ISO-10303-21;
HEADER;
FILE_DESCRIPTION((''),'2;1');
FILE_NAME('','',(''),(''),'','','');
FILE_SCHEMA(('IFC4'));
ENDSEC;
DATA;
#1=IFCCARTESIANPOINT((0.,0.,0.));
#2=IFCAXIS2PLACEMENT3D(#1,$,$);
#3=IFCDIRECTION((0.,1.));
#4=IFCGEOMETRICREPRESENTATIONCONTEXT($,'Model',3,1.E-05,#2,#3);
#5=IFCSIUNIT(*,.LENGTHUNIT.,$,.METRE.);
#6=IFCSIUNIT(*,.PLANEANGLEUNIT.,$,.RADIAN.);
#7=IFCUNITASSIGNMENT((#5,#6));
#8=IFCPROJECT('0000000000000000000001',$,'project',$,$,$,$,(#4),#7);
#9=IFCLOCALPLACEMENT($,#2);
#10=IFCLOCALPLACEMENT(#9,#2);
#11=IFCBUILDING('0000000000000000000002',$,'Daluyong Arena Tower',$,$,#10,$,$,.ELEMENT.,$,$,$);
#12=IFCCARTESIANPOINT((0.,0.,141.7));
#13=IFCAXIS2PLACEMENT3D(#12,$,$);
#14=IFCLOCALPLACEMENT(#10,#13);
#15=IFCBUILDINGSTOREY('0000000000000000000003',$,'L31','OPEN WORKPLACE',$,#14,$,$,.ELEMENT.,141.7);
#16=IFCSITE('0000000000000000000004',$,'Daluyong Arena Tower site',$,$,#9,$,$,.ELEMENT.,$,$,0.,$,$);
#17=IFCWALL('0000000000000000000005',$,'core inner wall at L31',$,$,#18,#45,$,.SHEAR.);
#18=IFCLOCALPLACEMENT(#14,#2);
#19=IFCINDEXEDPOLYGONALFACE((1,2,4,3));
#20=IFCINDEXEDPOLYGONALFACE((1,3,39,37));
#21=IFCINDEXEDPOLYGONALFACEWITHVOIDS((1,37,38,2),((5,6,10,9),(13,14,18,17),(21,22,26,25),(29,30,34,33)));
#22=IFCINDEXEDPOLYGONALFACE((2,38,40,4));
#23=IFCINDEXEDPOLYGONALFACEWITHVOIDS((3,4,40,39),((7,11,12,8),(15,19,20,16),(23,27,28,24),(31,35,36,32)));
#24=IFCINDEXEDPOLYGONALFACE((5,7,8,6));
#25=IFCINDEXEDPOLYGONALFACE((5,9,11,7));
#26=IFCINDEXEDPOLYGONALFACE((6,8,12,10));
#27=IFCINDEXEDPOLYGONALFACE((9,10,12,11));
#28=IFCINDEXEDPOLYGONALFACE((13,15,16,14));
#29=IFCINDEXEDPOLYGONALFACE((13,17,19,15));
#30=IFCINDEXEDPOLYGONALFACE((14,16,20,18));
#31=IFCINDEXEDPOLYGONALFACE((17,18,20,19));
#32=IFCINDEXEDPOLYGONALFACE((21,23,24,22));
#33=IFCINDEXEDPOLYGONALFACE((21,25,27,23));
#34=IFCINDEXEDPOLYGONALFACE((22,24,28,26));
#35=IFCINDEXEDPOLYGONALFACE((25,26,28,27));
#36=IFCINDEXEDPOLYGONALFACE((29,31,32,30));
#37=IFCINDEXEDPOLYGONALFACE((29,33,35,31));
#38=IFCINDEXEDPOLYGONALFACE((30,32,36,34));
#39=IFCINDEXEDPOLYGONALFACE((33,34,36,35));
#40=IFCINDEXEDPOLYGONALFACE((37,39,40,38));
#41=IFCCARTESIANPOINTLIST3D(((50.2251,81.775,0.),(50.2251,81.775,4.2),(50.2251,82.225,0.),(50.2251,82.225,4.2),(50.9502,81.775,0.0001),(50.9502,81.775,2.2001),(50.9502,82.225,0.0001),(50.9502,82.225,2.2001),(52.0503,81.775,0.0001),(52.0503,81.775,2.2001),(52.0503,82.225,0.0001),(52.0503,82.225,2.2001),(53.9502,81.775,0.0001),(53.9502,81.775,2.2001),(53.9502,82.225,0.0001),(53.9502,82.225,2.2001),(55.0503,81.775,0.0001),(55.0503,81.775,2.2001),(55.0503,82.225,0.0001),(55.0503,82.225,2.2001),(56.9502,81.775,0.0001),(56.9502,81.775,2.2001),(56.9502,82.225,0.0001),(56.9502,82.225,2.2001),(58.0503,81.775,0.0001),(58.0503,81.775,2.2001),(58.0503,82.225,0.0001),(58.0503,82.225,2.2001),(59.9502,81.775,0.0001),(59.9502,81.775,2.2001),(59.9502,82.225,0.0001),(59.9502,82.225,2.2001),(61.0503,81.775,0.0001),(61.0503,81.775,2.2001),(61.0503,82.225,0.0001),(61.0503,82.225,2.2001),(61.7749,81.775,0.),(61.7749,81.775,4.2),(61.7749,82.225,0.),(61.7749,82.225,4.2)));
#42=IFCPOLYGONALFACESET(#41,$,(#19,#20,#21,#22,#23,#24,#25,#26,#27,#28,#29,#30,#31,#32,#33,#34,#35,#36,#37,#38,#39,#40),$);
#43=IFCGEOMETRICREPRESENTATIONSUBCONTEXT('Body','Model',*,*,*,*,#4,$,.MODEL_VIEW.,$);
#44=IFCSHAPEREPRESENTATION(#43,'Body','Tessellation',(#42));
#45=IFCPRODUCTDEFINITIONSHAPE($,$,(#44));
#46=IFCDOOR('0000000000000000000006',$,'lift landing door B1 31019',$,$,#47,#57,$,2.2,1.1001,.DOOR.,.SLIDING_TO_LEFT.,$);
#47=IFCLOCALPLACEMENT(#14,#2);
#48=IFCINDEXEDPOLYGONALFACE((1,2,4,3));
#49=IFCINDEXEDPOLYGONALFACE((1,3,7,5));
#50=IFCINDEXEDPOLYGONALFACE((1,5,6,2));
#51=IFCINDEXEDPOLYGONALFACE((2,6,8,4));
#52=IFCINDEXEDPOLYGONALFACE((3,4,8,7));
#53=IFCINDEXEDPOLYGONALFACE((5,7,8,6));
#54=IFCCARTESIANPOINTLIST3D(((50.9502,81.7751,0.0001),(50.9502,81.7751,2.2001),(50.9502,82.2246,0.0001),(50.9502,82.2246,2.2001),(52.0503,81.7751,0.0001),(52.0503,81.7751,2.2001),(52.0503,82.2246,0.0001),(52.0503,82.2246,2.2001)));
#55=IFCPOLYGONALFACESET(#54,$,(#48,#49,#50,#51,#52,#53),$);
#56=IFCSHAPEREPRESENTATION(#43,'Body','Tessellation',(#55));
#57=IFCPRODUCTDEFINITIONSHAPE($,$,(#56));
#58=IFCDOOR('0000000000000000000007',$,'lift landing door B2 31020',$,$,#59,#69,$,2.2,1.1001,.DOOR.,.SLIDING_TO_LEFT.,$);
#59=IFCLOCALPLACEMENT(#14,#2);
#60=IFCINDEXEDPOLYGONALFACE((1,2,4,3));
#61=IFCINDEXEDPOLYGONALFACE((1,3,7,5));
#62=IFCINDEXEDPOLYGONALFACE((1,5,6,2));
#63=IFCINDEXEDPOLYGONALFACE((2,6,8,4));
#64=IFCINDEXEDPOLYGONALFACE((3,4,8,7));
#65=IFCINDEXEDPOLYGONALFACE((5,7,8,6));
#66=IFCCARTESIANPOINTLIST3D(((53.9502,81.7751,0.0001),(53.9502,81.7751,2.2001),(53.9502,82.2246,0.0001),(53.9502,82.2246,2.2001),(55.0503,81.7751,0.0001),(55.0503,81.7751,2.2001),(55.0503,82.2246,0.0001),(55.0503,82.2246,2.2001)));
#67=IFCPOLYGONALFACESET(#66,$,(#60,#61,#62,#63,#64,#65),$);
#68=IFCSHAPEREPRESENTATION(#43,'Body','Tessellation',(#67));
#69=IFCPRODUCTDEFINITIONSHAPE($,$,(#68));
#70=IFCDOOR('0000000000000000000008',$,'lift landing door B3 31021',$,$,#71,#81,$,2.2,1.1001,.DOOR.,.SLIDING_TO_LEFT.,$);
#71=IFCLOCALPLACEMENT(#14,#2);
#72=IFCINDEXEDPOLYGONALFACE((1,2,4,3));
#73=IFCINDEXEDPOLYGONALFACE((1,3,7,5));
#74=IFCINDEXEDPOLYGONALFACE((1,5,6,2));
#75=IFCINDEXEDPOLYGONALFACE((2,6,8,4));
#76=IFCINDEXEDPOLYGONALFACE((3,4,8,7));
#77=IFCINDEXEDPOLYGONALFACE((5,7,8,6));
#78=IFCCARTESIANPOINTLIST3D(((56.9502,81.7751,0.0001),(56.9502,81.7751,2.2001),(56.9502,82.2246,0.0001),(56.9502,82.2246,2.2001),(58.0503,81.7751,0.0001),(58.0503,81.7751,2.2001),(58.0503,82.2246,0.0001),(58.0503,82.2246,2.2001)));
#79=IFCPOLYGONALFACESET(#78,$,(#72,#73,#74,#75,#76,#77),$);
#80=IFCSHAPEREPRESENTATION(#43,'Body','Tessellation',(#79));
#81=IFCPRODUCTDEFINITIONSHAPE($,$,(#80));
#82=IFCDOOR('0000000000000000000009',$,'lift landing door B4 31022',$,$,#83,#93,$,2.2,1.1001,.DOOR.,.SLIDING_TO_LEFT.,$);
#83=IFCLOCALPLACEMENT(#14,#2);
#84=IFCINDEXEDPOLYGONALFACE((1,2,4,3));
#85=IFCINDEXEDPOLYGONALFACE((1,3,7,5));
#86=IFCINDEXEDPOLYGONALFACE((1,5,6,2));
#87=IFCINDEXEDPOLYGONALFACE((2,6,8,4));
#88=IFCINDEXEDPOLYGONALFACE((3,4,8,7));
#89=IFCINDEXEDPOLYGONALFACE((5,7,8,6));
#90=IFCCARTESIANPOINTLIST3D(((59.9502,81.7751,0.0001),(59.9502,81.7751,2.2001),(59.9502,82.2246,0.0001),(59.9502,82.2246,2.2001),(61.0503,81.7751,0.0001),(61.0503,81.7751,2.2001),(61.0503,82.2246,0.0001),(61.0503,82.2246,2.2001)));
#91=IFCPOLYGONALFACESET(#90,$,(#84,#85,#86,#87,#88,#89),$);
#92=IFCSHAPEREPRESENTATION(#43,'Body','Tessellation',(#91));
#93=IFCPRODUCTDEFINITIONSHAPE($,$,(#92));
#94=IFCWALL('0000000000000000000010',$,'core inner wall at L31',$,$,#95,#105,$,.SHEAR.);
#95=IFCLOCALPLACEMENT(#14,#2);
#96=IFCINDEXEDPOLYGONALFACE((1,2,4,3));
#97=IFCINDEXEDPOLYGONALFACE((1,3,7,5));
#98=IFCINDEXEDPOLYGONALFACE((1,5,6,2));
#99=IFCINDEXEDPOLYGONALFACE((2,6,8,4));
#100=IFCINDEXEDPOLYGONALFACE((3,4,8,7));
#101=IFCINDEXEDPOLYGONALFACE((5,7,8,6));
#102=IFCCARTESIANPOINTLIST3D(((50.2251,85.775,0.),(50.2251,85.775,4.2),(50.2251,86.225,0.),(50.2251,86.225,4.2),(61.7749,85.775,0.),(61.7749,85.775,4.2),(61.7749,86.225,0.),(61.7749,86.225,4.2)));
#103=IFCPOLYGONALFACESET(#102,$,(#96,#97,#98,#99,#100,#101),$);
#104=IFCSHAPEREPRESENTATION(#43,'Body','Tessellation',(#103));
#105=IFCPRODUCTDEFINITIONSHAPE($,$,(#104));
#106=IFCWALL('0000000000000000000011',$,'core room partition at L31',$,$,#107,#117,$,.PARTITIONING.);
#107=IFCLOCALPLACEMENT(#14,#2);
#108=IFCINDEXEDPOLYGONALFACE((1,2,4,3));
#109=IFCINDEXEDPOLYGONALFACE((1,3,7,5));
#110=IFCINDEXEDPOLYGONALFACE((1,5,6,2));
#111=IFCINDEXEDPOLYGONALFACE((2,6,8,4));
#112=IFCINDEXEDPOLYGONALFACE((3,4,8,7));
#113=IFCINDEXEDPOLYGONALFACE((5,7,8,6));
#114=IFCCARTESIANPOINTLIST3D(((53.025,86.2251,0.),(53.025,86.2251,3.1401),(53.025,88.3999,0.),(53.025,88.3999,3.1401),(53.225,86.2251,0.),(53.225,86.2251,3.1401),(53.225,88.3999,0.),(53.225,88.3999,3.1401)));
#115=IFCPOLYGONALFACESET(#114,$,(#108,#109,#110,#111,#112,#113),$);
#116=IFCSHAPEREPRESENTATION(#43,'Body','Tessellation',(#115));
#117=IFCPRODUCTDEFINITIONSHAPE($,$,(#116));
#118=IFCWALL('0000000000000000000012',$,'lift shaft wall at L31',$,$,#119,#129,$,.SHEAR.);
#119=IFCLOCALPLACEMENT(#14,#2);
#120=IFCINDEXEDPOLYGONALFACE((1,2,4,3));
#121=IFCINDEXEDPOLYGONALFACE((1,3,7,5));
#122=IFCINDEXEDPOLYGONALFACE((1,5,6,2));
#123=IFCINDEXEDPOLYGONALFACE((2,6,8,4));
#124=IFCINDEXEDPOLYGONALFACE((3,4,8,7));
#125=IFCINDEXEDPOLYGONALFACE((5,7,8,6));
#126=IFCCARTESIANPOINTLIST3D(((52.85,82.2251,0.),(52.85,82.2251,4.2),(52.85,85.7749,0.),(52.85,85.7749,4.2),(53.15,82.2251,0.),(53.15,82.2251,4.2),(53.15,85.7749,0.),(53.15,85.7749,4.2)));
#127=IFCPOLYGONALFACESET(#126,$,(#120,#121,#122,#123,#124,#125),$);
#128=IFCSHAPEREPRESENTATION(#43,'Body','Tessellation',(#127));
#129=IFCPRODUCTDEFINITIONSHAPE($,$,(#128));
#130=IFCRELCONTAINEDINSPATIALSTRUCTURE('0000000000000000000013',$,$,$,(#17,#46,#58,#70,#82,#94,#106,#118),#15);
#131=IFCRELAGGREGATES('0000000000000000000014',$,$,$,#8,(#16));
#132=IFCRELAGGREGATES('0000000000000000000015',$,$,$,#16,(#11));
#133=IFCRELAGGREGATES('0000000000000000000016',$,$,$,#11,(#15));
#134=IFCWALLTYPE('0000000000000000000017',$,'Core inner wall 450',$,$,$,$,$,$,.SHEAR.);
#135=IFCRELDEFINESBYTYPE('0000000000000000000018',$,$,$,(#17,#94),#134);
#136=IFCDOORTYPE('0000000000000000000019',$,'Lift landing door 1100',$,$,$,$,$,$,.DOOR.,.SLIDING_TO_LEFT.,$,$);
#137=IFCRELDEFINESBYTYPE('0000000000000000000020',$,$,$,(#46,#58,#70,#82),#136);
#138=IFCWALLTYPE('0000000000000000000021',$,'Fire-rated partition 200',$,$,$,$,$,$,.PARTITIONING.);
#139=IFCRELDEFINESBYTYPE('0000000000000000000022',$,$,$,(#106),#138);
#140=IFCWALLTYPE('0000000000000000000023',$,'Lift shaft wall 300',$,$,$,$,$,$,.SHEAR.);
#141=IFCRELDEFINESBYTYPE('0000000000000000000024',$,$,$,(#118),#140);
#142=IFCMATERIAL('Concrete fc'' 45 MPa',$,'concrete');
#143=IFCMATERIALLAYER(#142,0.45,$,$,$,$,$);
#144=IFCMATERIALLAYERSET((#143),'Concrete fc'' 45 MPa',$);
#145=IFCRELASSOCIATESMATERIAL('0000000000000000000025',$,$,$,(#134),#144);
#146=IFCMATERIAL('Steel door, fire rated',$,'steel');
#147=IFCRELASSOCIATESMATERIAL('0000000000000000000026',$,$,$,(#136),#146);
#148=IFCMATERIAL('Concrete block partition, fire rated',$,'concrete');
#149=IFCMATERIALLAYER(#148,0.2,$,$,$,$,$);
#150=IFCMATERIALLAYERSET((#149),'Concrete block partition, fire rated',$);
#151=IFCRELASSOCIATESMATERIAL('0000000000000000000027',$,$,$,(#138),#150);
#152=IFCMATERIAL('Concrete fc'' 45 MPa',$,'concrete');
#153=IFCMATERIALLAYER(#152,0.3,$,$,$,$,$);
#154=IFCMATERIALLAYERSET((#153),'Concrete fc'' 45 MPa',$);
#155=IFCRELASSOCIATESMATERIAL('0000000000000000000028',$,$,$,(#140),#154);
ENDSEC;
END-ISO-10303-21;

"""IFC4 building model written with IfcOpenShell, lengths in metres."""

from ifc_helpers import new_model, si_unit, direction, frame, frame_2d, origin, place, context, subcontext, project, spatial, rectangle, extrude, material, layer, layer_set, type_object, element, fill, save


model = new_model("IFC4")

# Units and contexts
model_context = context("Model", 3, precision=1e-05, world=origin(), true_north=direction((0.0, 1.0)))
body_context = subcontext(model_context, "Body", "Model", "MODEL_VIEW")
ifc_project = project(units=[si_unit("LENGTHUNIT", "METRE"), si_unit("PLANEANGLEUNIT", "RADIAN")], contexts=[model_context])

# Site, building, storey
site_placement = place(None, origin())
site = spatial("IfcSite", under=ifc_project, at=site_placement, Name="Daluyong Arena Tower site", CompositionType="ELEMENT", RefElevation=0.0)
building_placement = place(site_placement, origin())
building = spatial("IfcBuilding", under=site, at=building_placement, Name="Daluyong Arena Tower", CompositionType="ELEMENT")
storey_placement = place(building_placement, frame((0.0, 0.0, 141.7)))
storey = spatial("IfcBuildingStorey", under=building, at=storey_placement, Name="L31", Description="OPEN WORKPLACE", CompositionType="ELEMENT", Elevation=141.7)

# Wall, openings, doors
ifc_material_1 = material(Name="Concrete fc' 45 MPa", Category="concrete")
ifc_layer_1 = layer(ifc_material_1, 0.45)
ifc_layer_set_1 = layer_set([ifc_layer_1], Name="Concrete fc' 45 MPa")
wall_type_1 = type_object("IfcWallType", Name="Core inner wall 450", PredefinedType="SHEAR", material=ifc_layer_set_1)
wall_1_placement = place(storey_placement, frame((50.2251, 82.0, 0.0), z_axis=(0.0, 0.0, 1.0), x_axis=(1.0, 0.0, 0.0)))
wall_1 = element("IfcWall", 1, at=wall_1_placement, inside=storey, type_object=wall_type_1, Name="core inner wall at L31", PredefinedType="SHEAR", context=body_context, shape_type="SweptSolid", body=[
    extrude(rectangle(XDim=11.5498, YDim=0.45, at=frame_2d((5.7749, 0.0))), origin(), (0.0, 0.0, 1.0), 4.2),
])
opening_1_placement = place(wall_1_placement, frame((0.7251, 0.0, 0.0)))
opening_1 = element("IfcOpeningElement", 2, at=opening_1_placement, cuts=wall_1, PredefinedType="OPENING", context=body_context, shape_type="SweptSolid", body=[
    extrude(rectangle(XDim=1.1001, YDim=2.2, at=frame_2d((0.55, 1.1001))), frame((0.0, 0.2349, 0.0), z_axis=(0.0, -1.0, 0.0), x_axis=(1.0, 0.0, 0.0)), (0.0, 0.0, 1.0), 0.47),
])
opening_2_placement = place(wall_1_placement, frame((3.7251, 0.0, 0.0)))
opening_2 = element("IfcOpeningElement", 3, at=opening_2_placement, cuts=wall_1, PredefinedType="OPENING", context=body_context, shape_type="SweptSolid", body=[
    extrude(rectangle(XDim=1.1001, YDim=2.2, at=frame_2d((0.55, 1.1001))), frame((0.0, 0.2349, 0.0), z_axis=(0.0, -1.0, 0.0), x_axis=(1.0, 0.0, 0.0)), (0.0, 0.0, 1.0), 0.47),
])
opening_3_placement = place(wall_1_placement, frame((6.7251, 0.0, 0.0)))
opening_3 = element("IfcOpeningElement", 4, at=opening_3_placement, cuts=wall_1, PredefinedType="OPENING", context=body_context, shape_type="SweptSolid", body=[
    extrude(rectangle(XDim=1.1001, YDim=2.2, at=frame_2d((0.55, 1.1001))), frame((0.0, 0.2349, 0.0), z_axis=(0.0, -1.0, 0.0), x_axis=(1.0, 0.0, 0.0)), (0.0, 0.0, 1.0), 0.47),
])
opening_4_placement = place(wall_1_placement, frame((9.7251, 0.0, 0.0)))
opening_4 = element("IfcOpeningElement", 5, at=opening_4_placement, cuts=wall_1, PredefinedType="OPENING", context=body_context, shape_type="SweptSolid", body=[
    extrude(rectangle(XDim=1.1001, YDim=2.2, at=frame_2d((0.55, 1.1001))), frame((0.0, 0.2349, 0.0), z_axis=(0.0, -1.0, 0.0), x_axis=(1.0, 0.0, 0.0)), (0.0, 0.0, 1.0), 0.47),
])
ifc_material_2 = material(Name="Steel door, fire rated", Category="steel")
door_type_1 = type_object("IfcDoorType", Name="Lift landing door 1100", OperationType="SLIDING_TO_LEFT", PredefinedType="DOOR", material=ifc_material_2)
door_1_placement = place(opening_1_placement, origin())
door_1 = element("IfcDoor", 6, at=door_1_placement, inside=storey, type_object=door_type_1, Name="lift landing door B1 31019", OperationType="SLIDING_TO_LEFT", OverallHeight=2.2, OverallWidth=1.1001, PredefinedType="DOOR", context=body_context, shape_type="SweptSolid", body=[
    extrude(rectangle(XDim=1.1001, YDim=2.2, at=frame_2d((0.55, 1.1001))), frame((0.0, 0.2246, 0.0), z_axis=(0.0, -1.0, 0.0), x_axis=(1.0, 0.0, 0.0)), (0.0, 0.0, 1.0), 0.4495),
])
fill(opening_1, door_1)
door_2_placement = place(opening_2_placement, origin())
door_2 = element("IfcDoor", 7, at=door_2_placement, inside=storey, type_object=door_type_1, Name="lift landing door B2 31020", OperationType="SLIDING_TO_LEFT", OverallHeight=2.2, OverallWidth=1.1001, PredefinedType="DOOR", context=body_context, shape_type="SweptSolid", body=[
    extrude(rectangle(XDim=1.1001, YDim=2.2, at=frame_2d((0.55, 1.1001))), frame((0.0, 0.2246, 0.0), z_axis=(0.0, -1.0, 0.0), x_axis=(1.0, 0.0, 0.0)), (0.0, 0.0, 1.0), 0.4495),
])
fill(opening_2, door_2)
door_3_placement = place(opening_3_placement, origin())
door_3 = element("IfcDoor", 8, at=door_3_placement, inside=storey, type_object=door_type_1, Name="lift landing door B3 31021", OperationType="SLIDING_TO_LEFT", OverallHeight=2.2, OverallWidth=1.1001, PredefinedType="DOOR", context=body_context, shape_type="SweptSolid", body=[
    extrude(rectangle(XDim=1.1001, YDim=2.2, at=frame_2d((0.55, 1.1001))), frame((0.0, 0.2246, 0.0), z_axis=(0.0, -1.0, 0.0), x_axis=(1.0, 0.0, 0.0)), (0.0, 0.0, 1.0), 0.4495),
])
fill(opening_3, door_3)
door_4_placement = place(opening_4_placement, origin())
door_4 = element("IfcDoor", 9, at=door_4_placement, inside=storey, type_object=door_type_1, Name="lift landing door B4 31022", OperationType="SLIDING_TO_LEFT", OverallHeight=2.2, OverallWidth=1.1001, PredefinedType="DOOR", context=body_context, shape_type="SweptSolid", body=[
    extrude(rectangle(XDim=1.1001, YDim=2.2, at=frame_2d((0.55, 1.1001))), frame((0.0, 0.2246, 0.0), z_axis=(0.0, -1.0, 0.0), x_axis=(1.0, 0.0, 0.0)), (0.0, 0.0, 1.0), 0.4495),
])
fill(opening_4, door_4)

# Walls
wall_2_placement = place(storey_placement, frame((50.2251, 86.0, 0.0), z_axis=(0.0, 0.0, 1.0), x_axis=(1.0, 0.0, 0.0)))
element("IfcWall", 10, at=wall_2_placement, inside=storey, type_object=wall_type_1, Name="core inner wall at L31", PredefinedType="SHEAR", context=body_context, shape_type="SweptSolid", body=[
    extrude(rectangle(XDim=11.5498, YDim=0.45, at=frame_2d((5.7749, 0.0))), origin(), (0.0, 0.0, 1.0), 4.2),
])
ifc_material_3 = material(Name="Concrete block partition, fire rated", Category="concrete")
ifc_layer_2 = layer(ifc_material_3, 0.2)
ifc_layer_set_2 = layer_set([ifc_layer_2], Name="Concrete block partition, fire rated")
wall_type_2 = type_object("IfcWallType", Name="Fire-rated partition 200", PredefinedType="PARTITIONING", material=ifc_layer_set_2)
wall_3_placement = place(storey_placement, frame((53.125, 86.2251, 0.0), z_axis=(0.0, 0.0, 1.0), x_axis=(0.0, 1.0, 0.0)))
element("IfcWall", 11, at=wall_3_placement, inside=storey, type_object=wall_type_2, Name="core room partition at L31", PredefinedType="PARTITIONING", context=body_context, shape_type="SweptSolid", body=[
    extrude(rectangle(XDim=2.1748, YDim=0.2, at=frame_2d((1.0874, 0.0))), origin(), (0.0, 0.0, 1.0), 3.1401),
])
ifc_material_4 = material(Name="Concrete fc' 45 MPa", Category="concrete")
ifc_layer_3 = layer(ifc_material_4, 0.3)
ifc_layer_set_3 = layer_set([ifc_layer_3], Name="Concrete fc' 45 MPa")
wall_type_3 = type_object("IfcWallType", Name="Lift shaft wall 300", PredefinedType="SHEAR", material=ifc_layer_set_3)
wall_4_placement = place(storey_placement, frame((53.0, 82.2251, 0.0), z_axis=(0.0, 0.0, 1.0), x_axis=(0.0, 1.0, 0.0)))
element("IfcWall", 12, at=wall_4_placement, inside=storey, type_object=wall_type_3, Name="lift shaft wall at L31", PredefinedType="SHEAR", context=body_context, shape_type="SweptSolid", body=[
    extrude(rectangle(XDim=3.5498, YDim=0.3, at=frame_2d((1.7749, 0.0))), origin(), (0.0, 0.0, 1.0), 4.2),
])

save(model, "model.ifc")
